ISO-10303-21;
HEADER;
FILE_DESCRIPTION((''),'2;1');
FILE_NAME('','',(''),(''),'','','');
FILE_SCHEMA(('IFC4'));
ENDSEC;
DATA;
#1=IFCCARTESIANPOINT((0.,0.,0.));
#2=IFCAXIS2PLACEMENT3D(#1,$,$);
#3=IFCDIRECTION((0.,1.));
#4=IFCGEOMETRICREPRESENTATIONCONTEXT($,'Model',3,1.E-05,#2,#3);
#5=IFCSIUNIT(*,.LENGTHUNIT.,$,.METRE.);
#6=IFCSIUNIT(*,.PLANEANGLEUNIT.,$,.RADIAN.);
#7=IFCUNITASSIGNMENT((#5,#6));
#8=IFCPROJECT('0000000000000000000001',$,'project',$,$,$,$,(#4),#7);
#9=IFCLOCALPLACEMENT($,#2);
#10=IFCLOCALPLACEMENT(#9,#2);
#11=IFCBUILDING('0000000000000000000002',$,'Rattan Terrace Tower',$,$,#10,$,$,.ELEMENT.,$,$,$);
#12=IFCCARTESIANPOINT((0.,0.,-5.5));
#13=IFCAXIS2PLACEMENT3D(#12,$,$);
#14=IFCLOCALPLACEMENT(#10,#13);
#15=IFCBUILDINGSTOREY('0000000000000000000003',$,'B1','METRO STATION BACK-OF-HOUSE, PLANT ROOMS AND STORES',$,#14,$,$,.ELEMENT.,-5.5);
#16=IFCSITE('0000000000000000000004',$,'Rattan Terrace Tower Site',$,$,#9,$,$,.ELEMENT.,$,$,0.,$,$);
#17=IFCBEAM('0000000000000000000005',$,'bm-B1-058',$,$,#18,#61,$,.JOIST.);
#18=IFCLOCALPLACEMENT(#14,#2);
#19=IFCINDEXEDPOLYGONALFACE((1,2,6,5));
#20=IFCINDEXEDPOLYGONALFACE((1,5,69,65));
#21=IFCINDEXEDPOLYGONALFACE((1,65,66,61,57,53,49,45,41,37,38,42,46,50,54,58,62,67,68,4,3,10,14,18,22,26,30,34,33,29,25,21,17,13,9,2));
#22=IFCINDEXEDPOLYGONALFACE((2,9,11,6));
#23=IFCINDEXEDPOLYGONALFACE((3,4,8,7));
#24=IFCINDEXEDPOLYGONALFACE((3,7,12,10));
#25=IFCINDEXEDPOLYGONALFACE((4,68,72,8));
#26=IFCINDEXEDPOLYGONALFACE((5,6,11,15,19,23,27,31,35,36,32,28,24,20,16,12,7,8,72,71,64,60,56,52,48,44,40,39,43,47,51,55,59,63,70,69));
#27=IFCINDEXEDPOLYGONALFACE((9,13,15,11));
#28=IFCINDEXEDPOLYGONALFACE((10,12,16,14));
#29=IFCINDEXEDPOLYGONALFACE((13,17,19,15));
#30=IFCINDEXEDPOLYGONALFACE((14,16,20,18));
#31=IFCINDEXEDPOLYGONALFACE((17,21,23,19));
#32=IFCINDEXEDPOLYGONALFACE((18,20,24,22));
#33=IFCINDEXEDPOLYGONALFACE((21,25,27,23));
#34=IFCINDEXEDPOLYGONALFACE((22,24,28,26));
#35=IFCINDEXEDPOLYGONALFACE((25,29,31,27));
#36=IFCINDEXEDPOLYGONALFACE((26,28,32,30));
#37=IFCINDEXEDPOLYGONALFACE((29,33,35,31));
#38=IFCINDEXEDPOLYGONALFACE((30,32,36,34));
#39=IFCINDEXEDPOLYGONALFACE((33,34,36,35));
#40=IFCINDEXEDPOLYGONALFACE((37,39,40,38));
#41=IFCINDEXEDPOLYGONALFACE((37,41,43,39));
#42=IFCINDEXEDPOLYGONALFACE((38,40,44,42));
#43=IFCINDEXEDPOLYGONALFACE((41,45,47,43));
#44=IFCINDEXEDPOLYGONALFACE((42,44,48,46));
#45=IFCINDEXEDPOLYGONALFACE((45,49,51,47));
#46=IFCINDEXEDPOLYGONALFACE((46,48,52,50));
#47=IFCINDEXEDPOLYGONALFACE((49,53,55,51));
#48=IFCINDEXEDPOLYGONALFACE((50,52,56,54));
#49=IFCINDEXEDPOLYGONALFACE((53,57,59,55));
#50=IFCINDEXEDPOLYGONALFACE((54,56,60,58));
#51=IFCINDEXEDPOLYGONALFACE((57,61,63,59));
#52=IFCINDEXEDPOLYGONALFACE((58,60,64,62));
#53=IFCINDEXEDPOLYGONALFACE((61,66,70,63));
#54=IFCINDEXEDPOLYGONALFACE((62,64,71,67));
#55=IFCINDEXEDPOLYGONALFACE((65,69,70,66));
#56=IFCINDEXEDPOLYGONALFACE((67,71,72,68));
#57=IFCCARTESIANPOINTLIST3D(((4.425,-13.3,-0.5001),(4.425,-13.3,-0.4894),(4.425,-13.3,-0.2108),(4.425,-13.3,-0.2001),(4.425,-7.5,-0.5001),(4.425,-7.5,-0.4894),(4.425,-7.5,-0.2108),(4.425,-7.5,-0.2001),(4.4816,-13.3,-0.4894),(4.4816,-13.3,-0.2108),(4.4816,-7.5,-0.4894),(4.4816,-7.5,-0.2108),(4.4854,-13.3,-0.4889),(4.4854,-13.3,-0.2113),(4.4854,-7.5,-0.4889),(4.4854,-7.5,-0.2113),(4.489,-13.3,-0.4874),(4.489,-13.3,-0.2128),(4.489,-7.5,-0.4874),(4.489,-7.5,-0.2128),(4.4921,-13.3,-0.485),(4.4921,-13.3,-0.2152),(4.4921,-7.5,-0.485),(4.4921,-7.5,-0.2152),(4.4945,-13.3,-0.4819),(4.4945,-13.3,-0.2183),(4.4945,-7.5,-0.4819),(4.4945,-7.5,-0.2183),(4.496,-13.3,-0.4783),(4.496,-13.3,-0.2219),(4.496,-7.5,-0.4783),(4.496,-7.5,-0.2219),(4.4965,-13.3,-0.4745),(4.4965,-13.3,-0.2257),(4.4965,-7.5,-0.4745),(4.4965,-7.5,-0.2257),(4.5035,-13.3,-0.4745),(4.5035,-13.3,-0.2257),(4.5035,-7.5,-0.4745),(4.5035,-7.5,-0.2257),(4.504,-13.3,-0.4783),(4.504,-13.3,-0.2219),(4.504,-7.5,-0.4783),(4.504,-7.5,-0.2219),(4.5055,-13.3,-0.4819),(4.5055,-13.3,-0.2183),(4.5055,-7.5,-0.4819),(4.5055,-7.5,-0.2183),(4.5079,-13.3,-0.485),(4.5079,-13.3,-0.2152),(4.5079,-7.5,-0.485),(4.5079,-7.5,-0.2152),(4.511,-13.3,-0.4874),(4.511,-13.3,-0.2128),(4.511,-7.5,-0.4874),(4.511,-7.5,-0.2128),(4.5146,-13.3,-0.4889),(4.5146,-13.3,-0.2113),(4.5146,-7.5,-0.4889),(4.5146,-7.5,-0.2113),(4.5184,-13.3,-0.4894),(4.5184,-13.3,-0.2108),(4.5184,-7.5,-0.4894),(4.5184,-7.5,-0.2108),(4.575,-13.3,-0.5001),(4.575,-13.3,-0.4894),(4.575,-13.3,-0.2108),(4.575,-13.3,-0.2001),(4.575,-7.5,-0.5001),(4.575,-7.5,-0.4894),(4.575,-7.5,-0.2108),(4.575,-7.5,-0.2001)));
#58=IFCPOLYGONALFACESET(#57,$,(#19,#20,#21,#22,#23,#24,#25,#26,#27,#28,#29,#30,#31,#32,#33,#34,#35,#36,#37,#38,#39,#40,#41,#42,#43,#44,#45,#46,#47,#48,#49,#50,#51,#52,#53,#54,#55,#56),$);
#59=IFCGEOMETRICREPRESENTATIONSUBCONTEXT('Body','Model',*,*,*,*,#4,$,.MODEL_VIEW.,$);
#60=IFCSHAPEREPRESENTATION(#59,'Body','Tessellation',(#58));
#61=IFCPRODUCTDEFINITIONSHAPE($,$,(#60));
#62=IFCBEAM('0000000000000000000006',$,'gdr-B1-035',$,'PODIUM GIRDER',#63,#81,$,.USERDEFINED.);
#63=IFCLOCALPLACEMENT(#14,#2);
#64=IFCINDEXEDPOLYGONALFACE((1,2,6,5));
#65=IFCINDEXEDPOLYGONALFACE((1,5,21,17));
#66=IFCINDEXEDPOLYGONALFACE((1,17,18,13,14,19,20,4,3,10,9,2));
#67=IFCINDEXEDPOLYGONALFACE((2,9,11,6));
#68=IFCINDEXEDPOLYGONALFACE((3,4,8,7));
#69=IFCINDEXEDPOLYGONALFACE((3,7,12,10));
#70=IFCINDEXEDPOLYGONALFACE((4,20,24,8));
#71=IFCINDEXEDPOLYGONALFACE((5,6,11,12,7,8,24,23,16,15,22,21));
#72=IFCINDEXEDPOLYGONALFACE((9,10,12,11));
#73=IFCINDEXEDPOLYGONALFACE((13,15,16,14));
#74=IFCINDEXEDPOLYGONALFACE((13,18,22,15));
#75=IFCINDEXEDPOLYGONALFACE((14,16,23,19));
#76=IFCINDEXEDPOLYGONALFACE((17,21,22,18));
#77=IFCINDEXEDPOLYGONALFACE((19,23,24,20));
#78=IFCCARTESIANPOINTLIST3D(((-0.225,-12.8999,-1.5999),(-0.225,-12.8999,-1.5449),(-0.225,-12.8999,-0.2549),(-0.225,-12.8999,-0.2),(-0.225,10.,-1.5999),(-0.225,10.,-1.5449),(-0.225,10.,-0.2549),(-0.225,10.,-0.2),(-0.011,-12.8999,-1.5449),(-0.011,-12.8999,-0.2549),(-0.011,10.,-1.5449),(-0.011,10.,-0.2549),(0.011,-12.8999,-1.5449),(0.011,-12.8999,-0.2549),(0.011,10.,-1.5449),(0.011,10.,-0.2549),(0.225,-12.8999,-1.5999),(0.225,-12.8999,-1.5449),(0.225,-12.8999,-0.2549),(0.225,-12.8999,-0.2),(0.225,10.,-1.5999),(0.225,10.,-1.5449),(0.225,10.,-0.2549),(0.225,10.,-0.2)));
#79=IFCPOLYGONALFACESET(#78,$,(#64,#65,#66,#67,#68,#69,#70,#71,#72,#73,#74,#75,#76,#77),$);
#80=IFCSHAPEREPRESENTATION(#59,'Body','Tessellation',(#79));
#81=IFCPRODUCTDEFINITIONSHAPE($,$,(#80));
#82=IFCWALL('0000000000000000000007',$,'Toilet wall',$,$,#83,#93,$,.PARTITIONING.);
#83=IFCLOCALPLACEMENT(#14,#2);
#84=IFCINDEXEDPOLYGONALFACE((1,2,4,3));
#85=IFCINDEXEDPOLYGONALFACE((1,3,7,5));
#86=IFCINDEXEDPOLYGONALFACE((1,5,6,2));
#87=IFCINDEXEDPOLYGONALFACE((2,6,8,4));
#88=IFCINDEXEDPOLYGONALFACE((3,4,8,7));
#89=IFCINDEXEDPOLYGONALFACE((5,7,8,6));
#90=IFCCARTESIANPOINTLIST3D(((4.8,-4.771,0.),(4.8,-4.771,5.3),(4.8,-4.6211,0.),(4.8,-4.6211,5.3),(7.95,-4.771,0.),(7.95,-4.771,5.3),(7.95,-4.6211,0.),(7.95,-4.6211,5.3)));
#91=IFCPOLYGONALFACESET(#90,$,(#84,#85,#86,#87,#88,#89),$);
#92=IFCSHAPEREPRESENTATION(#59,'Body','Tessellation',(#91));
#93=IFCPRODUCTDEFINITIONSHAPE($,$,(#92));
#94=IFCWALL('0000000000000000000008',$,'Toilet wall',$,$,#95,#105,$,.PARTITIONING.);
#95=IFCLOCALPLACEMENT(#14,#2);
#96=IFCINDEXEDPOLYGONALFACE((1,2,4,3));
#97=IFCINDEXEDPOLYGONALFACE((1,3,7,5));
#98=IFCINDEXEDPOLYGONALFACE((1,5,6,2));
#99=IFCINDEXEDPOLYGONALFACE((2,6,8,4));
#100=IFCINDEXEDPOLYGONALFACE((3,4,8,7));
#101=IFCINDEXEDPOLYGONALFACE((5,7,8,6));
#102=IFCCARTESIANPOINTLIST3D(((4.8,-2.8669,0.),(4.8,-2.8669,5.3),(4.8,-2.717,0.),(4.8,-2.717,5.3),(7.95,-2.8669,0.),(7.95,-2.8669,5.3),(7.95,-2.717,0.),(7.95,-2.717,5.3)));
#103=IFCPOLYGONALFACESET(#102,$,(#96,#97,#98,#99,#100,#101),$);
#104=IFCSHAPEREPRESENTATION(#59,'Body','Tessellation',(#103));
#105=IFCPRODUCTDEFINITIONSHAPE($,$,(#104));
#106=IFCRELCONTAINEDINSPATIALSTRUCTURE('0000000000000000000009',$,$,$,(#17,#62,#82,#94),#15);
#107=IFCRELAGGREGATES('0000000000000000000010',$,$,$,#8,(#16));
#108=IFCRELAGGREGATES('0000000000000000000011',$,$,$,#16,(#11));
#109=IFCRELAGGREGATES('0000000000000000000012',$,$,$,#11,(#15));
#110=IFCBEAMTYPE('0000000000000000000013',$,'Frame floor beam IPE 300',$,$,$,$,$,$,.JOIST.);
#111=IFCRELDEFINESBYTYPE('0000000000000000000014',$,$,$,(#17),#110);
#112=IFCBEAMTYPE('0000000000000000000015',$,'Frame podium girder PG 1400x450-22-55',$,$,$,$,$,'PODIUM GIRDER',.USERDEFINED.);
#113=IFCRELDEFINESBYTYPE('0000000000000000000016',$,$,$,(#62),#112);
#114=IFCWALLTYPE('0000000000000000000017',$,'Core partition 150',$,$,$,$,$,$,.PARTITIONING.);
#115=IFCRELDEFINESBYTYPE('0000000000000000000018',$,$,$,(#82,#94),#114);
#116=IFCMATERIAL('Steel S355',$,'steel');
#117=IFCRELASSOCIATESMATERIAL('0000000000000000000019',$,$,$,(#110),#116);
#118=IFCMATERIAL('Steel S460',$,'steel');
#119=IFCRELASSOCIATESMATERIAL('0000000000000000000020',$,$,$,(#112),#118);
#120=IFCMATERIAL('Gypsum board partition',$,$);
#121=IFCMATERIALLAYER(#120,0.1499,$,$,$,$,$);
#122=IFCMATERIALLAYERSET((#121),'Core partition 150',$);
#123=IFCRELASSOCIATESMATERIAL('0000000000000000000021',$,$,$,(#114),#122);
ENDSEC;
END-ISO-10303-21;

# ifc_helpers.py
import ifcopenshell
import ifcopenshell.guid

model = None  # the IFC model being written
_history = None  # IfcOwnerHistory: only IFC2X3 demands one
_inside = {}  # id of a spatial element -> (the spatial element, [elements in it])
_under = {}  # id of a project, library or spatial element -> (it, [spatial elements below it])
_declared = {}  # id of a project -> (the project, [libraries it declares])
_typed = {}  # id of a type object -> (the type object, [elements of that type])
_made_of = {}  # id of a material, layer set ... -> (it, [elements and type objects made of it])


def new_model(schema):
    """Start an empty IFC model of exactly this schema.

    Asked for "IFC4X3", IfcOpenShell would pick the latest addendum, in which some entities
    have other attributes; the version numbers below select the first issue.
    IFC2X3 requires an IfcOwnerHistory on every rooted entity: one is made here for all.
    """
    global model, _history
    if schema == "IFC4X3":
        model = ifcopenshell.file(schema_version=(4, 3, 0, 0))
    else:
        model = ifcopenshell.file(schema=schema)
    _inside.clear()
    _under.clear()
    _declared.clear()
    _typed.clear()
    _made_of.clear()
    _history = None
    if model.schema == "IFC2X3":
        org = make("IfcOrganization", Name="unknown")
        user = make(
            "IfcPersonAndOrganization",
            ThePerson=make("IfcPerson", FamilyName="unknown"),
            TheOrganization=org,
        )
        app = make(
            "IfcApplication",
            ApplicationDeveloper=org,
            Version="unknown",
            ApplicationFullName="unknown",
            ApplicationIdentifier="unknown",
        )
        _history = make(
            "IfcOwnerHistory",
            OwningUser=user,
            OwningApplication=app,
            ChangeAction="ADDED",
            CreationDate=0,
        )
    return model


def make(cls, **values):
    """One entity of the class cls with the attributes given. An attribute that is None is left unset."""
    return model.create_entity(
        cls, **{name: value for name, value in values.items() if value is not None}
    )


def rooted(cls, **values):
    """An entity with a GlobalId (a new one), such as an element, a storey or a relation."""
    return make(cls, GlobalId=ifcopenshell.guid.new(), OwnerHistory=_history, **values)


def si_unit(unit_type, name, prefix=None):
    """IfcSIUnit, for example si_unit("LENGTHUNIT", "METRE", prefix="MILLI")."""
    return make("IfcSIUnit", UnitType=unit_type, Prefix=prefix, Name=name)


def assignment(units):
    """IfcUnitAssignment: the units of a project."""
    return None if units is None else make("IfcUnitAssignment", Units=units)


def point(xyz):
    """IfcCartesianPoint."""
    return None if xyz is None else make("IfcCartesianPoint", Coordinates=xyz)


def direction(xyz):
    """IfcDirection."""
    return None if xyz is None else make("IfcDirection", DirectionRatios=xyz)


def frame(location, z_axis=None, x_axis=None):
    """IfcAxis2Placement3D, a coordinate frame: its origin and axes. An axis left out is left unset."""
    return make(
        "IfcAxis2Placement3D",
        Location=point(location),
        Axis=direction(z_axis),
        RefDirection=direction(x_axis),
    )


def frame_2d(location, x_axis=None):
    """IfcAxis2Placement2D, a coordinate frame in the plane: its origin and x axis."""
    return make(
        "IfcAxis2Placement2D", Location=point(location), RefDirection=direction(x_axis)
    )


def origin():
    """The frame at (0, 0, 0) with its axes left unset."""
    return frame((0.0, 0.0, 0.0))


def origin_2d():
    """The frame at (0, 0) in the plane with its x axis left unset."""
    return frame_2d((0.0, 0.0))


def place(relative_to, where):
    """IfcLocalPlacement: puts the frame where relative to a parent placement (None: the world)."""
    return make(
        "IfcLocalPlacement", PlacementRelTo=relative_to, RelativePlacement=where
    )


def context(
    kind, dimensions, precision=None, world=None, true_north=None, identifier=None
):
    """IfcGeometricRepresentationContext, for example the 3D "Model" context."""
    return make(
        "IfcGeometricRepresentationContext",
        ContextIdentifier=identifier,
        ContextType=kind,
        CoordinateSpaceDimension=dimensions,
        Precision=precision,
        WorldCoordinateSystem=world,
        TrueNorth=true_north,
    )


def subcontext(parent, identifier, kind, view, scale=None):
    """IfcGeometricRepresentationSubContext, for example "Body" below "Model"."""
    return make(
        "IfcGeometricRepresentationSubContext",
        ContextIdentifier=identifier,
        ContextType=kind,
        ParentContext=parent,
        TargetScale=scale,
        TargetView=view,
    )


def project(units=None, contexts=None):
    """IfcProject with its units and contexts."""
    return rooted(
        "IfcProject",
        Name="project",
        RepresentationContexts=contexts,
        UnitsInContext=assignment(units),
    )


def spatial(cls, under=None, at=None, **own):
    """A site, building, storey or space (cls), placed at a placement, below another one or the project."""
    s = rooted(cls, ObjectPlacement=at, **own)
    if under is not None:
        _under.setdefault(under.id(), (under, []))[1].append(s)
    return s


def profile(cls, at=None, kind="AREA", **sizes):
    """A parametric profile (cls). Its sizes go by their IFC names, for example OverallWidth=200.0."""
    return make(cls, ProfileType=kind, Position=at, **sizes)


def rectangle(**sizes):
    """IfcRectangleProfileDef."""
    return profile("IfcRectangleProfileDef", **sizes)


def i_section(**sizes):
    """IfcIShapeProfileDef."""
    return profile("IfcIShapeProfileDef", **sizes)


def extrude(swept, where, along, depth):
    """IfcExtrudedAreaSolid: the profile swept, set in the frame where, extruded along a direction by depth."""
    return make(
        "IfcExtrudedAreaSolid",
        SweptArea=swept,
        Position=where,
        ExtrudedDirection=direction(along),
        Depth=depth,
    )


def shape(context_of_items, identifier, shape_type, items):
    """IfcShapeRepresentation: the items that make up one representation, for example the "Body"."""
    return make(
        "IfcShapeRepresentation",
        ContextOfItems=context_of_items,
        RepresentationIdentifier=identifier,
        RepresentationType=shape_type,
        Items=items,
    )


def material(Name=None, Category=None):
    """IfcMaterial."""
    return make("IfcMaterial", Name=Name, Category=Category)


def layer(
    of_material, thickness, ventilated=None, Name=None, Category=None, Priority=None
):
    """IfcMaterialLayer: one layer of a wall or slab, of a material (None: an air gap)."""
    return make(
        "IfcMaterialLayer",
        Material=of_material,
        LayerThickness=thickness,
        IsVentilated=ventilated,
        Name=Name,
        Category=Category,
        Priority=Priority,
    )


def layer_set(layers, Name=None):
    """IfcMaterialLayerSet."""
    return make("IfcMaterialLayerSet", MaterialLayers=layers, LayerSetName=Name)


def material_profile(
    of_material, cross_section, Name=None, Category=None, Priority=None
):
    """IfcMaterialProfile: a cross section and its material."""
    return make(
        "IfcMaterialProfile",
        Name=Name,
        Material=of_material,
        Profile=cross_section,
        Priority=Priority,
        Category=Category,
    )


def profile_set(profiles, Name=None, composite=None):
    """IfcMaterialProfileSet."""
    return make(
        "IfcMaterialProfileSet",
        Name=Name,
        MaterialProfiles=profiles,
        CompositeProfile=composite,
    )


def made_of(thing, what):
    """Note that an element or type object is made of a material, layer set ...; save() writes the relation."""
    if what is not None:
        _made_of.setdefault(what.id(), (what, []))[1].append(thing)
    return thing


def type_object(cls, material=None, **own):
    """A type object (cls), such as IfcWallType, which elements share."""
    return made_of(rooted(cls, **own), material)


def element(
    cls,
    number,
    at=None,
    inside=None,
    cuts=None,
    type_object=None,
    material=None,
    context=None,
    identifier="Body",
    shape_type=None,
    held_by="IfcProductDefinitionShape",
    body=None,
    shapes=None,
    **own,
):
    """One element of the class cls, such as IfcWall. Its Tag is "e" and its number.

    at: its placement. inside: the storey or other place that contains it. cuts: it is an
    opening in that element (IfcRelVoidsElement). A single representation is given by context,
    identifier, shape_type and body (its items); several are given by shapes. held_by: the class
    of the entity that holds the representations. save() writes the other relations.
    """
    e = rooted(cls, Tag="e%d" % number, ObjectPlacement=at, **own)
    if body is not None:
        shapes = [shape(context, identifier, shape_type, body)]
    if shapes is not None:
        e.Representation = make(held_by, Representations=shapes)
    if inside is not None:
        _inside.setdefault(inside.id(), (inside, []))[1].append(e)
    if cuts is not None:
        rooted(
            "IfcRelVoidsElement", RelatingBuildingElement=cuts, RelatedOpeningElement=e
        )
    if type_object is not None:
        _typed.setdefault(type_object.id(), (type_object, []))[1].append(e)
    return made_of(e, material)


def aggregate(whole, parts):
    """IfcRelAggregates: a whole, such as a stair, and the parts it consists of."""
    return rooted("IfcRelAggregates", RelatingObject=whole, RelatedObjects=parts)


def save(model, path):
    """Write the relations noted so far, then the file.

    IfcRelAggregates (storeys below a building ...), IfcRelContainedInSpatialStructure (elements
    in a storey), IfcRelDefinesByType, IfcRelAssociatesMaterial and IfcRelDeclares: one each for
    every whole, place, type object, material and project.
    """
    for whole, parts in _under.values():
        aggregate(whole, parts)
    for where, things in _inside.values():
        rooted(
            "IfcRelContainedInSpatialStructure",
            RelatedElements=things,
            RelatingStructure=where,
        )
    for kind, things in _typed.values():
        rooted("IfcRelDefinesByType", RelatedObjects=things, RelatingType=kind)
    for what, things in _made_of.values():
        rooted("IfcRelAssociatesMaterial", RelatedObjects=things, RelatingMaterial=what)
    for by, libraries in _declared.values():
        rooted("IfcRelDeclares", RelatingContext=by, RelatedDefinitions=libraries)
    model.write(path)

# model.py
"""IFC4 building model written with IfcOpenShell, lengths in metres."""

from ifc_helpers import new_model, si_unit, direction, frame, frame_2d, origin, origin_2d, place, context, subcontext, project, spatial, rectangle, i_section, extrude, material, layer, layer_set, material_profile, profile_set, type_object, element, save


model = new_model("IFC4")

# Units and contexts
model_context = context("Model", 3, precision=1e-05, world=origin(), true_north=direction((0.0, 1.0)))
body_context = subcontext(model_context, "Body", "Model", "MODEL_VIEW")
ifc_project = project(units=[si_unit("LENGTHUNIT", "METRE"), si_unit("PLANEANGLEUNIT", "RADIAN")], contexts=[model_context])

# Site, building, storey
site_placement = place(None, origin())
site = spatial("IfcSite", under=ifc_project, at=site_placement, Name="Rattan Terrace Tower Site", CompositionType="ELEMENT", RefElevation=0.0)
building_placement = place(site_placement, origin())
building = spatial("IfcBuilding", under=site, at=building_placement, Name="Rattan Terrace Tower", CompositionType="ELEMENT")
storey_placement = place(building_placement, frame((0.0, 0.0, -5.5)))
storey = spatial("IfcBuildingStorey", under=building, at=storey_placement, Name="B1", Description="METRO STATION BACK-OF-HOUSE, PLANT ROOMS AND STORES", CompositionType="ELEMENT", Elevation=-5.5)

# Beams
ifc_material_1 = material(Name="Steel S355", Category="steel")
ifc_material_profile_1 = material_profile(ifc_material_1, i_section(OverallWidth=0.1499, OverallDepth=0.3, WebThickness=0.0071, FlangeThickness=0.0107, FilletRadius=0.0149, at=origin_2d()), Name="IPE 300")
ifc_profile_set_1 = profile_set([ifc_material_profile_1], Name="Steel S355")
beam_type_1 = type_object("IfcBeamType", Name="Frame floor beam IPE 300", PredefinedType="JOIST", material=ifc_profile_set_1)
beam_1_placement = place(storey_placement, frame((4.5, -13.3, -0.3501), z_axis=(0.0, 1.0, 0.0), x_axis=(-1.0, 0.0, 0.0)))
element("IfcBeam", 1, at=beam_1_placement, inside=storey, type_object=beam_type_1, Name="bm-B1-058", PredefinedType="JOIST", context=body_context, shape_type="SweptSolid", body=[
    extrude(i_section(OverallWidth=0.1499, OverallDepth=0.3, WebThickness=0.0071, FlangeThickness=0.0107, FilletRadius=0.0149, at=origin_2d()), origin(), (0.0, 0.0, 1.0), 5.8),
])
ifc_material_2 = material(Name="Steel S460", Category="steel")
ifc_material_profile_2 = material_profile(ifc_material_2, i_section(OverallWidth=0.45, OverallDepth=1.3999, WebThickness=0.022, FlangeThickness=0.0549, at=origin_2d()), Name="PG 1400x450-22-55")
ifc_profile_set_2 = profile_set([ifc_material_profile_2], Name="Steel S460")
beam_type_2 = type_object("IfcBeamType", Name="Frame podium girder PG 1400x450-22-55", ElementType="PODIUM GIRDER", PredefinedType="USERDEFINED", material=ifc_profile_set_2)
beam_2_placement = place(storey_placement, frame((0.0, -12.8999, -0.8999), z_axis=(0.0, 1.0, 0.0), x_axis=(-1.0, 0.0, 0.0)))
element("IfcBeam", 2, at=beam_2_placement, inside=storey, type_object=beam_type_2, Name="gdr-B1-035", ObjectType="PODIUM GIRDER", PredefinedType="USERDEFINED", context=body_context, shape_type="SweptSolid", body=[
    extrude(i_section(OverallWidth=0.45, OverallDepth=1.3999, WebThickness=0.022, FlangeThickness=0.0549, at=origin_2d()), origin(), (0.0, 0.0, 1.0), 22.8999),
])

# Walls
ifc_material_3 = material(Name="Gypsum board partition")
ifc_layer_1 = layer(ifc_material_3, 0.1499)
ifc_layer_set_1 = layer_set([ifc_layer_1], Name="Core partition 150")
wall_type_1 = type_object("IfcWallType", Name="Core partition 150", PredefinedType="PARTITIONING", material=ifc_layer_set_1)
for number, where, z_axis, x_axis, name in (
    (3, (4.8, -4.696, 0.0), (0.0, 0.0, 1.0), (1.0, 0.0, 0.0), "Toilet wall"),
    (4, (4.8, -2.792, 0.0), (0.0, 0.0, 1.0), (1.0, 0.0, 0.0), "Toilet wall"),
):
    element("IfcWall", number, at=place(storey_placement, frame(where, z_axis=z_axis, x_axis=x_axis)), inside=storey, type_object=wall_type_1, Name=name, PredefinedType="PARTITIONING", context=body_context, shape_type="SweptSolid", body=[
        extrude(rectangle(XDim=3.1499, YDim=0.1499, at=frame_2d((1.575, 0.0))), origin(), (0.0, 0.0, 1.0), 5.3),
    ])

save(model, "model.ifc")
